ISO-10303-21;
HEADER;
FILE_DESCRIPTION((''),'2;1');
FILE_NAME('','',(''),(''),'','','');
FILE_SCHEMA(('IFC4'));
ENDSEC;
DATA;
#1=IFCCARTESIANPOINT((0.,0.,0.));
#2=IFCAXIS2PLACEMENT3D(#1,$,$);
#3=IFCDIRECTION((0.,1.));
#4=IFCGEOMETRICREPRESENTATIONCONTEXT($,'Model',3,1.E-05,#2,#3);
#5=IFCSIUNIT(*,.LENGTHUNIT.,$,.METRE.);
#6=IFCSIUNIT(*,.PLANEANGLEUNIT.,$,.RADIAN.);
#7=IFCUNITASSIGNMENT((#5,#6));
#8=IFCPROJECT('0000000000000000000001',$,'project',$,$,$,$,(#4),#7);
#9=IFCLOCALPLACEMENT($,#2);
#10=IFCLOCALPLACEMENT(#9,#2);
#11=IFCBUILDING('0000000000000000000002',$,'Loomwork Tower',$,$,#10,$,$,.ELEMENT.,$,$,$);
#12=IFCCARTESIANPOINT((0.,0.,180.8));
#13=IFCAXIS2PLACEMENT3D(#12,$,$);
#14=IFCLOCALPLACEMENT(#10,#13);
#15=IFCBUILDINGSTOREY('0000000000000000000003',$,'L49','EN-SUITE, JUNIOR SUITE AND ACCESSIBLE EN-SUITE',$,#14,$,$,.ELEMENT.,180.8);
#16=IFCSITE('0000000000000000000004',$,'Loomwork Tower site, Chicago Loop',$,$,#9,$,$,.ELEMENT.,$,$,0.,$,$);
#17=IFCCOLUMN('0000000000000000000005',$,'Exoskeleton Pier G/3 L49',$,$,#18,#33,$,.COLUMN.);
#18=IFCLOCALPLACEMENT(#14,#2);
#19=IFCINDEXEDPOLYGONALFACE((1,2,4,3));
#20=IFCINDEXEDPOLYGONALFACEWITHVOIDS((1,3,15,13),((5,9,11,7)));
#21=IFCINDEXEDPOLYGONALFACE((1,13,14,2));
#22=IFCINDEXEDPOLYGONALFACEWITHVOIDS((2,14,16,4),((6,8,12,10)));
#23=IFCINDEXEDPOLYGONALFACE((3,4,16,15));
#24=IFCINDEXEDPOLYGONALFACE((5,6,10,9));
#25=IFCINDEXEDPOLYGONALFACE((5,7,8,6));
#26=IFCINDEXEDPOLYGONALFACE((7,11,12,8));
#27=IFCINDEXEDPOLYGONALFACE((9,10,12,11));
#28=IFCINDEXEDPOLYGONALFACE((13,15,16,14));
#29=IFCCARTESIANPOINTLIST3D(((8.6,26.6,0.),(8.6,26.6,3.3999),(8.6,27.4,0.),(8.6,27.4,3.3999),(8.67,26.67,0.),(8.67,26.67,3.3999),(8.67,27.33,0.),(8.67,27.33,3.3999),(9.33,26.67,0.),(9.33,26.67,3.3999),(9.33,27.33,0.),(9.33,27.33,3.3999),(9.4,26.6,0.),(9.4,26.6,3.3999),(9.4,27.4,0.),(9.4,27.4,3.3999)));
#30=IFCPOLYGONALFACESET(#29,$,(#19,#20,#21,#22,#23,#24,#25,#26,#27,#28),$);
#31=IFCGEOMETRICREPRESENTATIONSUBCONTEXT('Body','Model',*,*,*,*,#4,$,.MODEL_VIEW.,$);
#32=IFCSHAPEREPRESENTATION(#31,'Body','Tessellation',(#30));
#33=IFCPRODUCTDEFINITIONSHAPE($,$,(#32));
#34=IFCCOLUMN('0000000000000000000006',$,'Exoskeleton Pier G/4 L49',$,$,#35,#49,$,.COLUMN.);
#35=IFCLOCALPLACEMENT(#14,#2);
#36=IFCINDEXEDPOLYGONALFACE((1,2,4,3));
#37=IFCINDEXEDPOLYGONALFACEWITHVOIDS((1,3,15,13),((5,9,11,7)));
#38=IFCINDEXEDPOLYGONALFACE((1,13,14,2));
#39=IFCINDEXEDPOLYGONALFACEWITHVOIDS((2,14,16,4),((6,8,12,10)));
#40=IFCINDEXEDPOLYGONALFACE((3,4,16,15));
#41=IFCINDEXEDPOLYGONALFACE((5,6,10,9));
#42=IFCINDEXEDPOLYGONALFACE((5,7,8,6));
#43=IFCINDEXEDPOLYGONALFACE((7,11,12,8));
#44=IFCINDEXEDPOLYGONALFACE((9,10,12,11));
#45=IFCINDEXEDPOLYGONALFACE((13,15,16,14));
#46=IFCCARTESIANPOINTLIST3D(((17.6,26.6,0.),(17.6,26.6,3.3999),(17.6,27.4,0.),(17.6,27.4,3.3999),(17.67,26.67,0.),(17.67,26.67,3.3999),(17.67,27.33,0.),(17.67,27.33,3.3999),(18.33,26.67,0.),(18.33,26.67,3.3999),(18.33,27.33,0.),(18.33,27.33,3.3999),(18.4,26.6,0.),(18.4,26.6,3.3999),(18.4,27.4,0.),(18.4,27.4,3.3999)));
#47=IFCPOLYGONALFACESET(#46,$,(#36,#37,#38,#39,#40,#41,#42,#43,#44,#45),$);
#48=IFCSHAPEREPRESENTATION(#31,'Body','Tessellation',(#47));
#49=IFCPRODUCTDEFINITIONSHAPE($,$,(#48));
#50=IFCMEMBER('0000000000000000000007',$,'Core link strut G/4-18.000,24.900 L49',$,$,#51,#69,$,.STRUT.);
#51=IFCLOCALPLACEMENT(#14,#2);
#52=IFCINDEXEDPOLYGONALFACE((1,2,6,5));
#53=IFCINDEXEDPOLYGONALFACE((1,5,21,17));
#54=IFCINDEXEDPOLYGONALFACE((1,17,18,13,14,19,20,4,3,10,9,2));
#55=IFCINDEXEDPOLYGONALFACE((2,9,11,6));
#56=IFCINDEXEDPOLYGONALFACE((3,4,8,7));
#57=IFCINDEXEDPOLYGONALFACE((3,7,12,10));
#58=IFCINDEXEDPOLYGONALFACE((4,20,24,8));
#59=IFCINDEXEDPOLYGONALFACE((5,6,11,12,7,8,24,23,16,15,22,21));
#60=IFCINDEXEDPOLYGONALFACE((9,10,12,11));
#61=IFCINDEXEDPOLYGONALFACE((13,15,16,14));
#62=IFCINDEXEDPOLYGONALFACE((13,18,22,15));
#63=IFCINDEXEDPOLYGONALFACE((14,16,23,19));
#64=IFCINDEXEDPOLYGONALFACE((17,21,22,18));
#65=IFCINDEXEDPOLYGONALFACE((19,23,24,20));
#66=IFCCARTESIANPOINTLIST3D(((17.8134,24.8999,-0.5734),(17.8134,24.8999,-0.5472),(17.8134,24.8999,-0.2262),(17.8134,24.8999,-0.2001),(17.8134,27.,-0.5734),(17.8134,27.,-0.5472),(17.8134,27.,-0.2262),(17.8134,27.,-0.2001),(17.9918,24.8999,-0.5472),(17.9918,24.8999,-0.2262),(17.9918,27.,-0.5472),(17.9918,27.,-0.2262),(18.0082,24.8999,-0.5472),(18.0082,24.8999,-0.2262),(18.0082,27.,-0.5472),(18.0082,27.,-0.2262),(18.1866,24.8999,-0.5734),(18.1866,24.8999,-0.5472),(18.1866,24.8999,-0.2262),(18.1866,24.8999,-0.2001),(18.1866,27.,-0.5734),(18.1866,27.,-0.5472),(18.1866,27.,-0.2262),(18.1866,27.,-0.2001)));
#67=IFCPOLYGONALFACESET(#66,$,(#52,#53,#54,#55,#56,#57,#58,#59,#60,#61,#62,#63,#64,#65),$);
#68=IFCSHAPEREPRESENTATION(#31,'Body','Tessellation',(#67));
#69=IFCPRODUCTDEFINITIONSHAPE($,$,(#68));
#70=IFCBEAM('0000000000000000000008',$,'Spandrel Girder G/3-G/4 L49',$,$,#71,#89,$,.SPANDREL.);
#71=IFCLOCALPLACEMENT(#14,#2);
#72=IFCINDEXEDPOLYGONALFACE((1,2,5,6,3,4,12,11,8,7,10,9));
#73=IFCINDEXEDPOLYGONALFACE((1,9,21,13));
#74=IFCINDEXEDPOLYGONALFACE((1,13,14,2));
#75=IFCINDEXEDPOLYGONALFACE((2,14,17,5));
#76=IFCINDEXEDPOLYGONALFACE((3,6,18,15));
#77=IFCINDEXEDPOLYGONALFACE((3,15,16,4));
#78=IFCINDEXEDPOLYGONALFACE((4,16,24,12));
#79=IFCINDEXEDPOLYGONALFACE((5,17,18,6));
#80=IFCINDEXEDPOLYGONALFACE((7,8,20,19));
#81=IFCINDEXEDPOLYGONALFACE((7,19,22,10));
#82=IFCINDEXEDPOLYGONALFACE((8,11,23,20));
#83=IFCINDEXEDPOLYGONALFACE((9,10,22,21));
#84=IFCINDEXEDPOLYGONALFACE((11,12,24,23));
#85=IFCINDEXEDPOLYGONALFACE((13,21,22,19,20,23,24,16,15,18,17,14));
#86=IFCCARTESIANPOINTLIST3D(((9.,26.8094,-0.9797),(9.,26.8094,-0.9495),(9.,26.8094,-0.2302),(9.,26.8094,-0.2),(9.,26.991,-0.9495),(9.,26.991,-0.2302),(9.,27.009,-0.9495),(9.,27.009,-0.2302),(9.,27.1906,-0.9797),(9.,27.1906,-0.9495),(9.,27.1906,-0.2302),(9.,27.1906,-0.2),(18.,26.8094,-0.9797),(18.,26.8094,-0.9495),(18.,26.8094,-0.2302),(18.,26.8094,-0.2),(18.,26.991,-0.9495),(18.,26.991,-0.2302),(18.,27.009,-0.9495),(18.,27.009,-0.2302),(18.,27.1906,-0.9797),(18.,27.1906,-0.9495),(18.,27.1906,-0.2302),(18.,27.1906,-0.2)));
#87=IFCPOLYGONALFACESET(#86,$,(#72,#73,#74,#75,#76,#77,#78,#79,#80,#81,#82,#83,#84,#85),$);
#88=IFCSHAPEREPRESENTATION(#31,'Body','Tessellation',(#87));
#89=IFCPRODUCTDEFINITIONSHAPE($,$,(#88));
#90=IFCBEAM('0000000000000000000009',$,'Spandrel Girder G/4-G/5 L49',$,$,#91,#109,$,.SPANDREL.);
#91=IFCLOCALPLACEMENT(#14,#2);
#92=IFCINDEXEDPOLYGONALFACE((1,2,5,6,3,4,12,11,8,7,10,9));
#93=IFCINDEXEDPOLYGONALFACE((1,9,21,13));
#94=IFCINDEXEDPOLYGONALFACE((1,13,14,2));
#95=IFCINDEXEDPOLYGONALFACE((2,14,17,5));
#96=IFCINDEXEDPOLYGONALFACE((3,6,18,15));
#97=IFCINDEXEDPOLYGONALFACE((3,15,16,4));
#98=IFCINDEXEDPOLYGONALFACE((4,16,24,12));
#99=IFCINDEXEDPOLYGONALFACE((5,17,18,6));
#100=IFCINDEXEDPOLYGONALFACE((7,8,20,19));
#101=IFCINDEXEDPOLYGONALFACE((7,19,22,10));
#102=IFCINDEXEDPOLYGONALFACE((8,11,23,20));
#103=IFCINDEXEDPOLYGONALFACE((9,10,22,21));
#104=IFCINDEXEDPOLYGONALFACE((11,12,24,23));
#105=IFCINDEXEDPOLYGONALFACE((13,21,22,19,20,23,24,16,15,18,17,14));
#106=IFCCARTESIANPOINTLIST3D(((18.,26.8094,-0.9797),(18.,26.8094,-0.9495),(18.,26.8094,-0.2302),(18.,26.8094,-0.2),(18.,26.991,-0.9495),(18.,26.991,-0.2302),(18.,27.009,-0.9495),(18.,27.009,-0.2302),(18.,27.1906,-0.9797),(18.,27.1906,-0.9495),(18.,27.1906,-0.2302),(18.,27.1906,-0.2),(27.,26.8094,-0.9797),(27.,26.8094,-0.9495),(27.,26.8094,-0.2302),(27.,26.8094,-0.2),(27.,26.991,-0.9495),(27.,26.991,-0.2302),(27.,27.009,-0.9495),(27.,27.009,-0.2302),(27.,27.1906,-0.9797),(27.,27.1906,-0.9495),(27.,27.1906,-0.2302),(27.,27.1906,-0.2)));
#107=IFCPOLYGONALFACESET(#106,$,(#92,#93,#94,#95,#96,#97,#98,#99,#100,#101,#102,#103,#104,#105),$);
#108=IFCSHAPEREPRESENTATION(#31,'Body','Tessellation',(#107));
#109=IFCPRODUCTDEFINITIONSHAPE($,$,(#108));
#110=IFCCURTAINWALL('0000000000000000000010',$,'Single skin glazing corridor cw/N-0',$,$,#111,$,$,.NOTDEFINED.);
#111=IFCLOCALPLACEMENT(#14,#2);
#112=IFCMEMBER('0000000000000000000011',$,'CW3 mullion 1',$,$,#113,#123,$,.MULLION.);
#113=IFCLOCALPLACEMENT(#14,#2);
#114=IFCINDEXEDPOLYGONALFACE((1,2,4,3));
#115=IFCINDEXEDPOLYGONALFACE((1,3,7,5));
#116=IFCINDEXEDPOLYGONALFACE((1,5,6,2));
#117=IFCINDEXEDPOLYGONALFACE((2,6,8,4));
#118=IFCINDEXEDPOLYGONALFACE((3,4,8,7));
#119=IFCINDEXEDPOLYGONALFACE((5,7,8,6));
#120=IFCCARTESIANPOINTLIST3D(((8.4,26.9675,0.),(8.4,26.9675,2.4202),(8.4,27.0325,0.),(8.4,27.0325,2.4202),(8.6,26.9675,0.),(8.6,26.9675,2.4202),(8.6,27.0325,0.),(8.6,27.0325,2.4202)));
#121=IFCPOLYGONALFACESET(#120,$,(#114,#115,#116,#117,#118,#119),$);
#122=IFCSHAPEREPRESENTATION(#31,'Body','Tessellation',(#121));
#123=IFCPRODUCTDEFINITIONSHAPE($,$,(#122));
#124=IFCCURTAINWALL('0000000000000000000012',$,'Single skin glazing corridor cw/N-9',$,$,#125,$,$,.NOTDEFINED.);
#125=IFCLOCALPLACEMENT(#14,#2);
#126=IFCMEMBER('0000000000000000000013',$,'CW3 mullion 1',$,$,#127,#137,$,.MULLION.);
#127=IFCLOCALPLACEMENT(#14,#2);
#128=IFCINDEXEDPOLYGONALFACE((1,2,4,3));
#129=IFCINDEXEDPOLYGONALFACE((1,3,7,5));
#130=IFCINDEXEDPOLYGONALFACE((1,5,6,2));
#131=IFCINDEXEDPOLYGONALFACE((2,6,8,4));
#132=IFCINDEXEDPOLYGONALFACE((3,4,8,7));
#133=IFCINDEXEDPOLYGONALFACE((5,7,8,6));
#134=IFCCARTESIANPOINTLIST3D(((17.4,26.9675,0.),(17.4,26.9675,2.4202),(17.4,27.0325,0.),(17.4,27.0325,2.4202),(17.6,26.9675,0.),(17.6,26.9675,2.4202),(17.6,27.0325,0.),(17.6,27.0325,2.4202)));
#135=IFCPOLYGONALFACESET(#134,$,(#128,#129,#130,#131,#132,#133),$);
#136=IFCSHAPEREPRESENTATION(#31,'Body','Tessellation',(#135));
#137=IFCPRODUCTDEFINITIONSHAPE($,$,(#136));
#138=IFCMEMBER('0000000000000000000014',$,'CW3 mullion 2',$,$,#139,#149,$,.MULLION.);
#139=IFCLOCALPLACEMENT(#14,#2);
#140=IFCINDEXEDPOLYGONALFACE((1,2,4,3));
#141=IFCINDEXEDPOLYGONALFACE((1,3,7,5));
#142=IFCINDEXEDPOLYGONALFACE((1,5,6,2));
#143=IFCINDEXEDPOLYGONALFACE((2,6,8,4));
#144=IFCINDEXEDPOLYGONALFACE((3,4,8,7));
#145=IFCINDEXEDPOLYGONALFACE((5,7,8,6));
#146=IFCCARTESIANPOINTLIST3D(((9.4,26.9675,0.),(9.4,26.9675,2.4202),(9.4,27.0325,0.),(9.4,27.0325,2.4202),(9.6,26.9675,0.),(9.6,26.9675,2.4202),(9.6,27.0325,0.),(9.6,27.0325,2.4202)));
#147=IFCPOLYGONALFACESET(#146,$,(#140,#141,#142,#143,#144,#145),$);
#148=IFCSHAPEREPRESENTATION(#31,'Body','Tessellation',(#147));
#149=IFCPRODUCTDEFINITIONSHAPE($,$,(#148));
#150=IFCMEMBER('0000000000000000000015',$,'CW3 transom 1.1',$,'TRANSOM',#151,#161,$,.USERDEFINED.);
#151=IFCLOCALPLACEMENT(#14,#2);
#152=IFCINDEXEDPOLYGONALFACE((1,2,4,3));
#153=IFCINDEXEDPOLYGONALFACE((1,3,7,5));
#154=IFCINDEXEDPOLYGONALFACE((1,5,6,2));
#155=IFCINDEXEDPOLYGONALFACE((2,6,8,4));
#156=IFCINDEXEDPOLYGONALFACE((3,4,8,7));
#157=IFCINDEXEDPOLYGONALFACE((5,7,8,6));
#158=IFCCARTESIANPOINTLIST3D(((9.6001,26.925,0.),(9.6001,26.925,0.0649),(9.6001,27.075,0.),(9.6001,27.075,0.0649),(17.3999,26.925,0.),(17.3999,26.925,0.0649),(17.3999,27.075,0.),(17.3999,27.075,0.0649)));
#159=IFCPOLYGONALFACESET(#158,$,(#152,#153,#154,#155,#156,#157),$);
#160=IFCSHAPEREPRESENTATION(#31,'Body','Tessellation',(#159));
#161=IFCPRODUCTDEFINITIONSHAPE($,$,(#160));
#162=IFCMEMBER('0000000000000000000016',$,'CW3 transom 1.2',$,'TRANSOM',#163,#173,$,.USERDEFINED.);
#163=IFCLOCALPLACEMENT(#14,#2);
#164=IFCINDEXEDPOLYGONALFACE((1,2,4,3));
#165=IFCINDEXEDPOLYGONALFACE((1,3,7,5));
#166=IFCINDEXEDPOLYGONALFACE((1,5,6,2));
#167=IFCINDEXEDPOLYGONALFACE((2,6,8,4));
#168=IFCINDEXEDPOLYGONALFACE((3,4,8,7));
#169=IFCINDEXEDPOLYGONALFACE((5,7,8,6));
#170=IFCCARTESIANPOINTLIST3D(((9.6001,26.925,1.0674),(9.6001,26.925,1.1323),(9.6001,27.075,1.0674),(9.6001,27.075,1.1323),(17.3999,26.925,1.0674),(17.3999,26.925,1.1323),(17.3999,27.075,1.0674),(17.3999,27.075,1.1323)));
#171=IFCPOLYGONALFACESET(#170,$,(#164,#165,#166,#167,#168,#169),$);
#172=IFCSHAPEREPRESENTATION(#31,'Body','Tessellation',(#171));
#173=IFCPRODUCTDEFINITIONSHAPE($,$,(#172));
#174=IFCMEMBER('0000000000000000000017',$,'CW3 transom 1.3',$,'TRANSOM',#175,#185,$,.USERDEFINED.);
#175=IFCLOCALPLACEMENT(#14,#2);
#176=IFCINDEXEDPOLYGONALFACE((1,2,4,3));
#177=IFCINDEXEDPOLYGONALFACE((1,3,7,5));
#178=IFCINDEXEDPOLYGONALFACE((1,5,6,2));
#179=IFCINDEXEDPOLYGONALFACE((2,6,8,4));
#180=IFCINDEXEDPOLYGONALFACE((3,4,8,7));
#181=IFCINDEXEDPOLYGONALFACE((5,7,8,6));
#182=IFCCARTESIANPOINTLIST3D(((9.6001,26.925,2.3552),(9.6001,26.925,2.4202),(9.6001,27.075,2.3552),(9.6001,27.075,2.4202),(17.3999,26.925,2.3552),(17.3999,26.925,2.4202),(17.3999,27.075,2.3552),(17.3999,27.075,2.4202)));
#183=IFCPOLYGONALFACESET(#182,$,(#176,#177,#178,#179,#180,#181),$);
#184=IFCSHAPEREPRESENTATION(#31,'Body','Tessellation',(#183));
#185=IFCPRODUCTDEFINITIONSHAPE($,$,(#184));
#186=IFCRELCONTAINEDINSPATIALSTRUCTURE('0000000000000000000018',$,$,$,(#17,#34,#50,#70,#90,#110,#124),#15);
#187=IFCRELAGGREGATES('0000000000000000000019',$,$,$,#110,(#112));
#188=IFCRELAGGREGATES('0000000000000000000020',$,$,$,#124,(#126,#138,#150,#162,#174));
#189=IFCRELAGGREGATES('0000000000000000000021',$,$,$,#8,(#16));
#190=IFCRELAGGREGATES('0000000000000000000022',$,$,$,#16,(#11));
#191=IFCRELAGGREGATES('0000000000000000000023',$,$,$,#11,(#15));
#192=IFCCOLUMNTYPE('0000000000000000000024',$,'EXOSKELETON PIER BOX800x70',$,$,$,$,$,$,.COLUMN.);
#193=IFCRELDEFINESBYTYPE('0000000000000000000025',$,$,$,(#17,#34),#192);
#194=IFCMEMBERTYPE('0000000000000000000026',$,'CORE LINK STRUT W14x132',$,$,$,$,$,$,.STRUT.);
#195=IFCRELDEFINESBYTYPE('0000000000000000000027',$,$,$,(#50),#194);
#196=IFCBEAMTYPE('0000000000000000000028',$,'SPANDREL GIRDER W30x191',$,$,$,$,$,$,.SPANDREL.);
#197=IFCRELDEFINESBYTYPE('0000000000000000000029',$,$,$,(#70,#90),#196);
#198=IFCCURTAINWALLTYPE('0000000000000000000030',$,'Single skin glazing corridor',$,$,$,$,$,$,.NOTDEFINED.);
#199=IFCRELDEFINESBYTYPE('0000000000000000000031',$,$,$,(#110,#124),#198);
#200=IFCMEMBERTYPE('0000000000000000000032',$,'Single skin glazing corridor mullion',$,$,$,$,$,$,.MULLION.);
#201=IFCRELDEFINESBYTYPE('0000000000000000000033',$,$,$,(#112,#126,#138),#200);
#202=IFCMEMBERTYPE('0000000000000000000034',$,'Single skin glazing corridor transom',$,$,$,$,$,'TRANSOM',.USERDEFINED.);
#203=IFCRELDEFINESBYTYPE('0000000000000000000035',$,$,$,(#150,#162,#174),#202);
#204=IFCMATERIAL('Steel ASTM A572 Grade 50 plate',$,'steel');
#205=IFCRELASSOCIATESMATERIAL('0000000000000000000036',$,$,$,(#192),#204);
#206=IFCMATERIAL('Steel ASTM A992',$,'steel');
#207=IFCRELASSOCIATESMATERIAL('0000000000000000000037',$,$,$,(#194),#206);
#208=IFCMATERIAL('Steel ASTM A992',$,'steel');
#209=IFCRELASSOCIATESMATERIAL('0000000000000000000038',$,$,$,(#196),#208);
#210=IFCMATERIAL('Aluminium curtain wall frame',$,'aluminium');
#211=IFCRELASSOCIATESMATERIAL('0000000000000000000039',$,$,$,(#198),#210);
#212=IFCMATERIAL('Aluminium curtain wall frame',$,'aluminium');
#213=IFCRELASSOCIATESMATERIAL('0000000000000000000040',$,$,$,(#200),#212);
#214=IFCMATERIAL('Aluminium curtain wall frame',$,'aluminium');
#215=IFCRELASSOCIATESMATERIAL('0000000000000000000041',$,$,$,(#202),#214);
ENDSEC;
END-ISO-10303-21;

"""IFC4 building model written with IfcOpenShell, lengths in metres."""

from ifc_helpers import new_model, si_unit, direction, frame, origin, origin_2d, place, context, subcontext, project, spatial, rectangle, hollow_rectangle, i_section, extrude, material, material_profile, profile_set, type_object, element, aggregate, save


model = new_model("IFC4")

# Units and contexts
model_context = context("Model", 3, precision=1e-05, world=origin(), true_north=direction((0.0, 1.0)))
body_context = subcontext(model_context, "Body", "Model", "MODEL_VIEW")
ifc_project = project(units=[si_unit("LENGTHUNIT", "METRE"), si_unit("PLANEANGLEUNIT", "RADIAN")], contexts=[model_context])

# Site, building, storey
site_placement = place(None, origin())
site = spatial("IfcSite", under=ifc_project, at=site_placement, Name="Loomwork Tower site, Chicago Loop", CompositionType="ELEMENT", RefElevation=0.0)
building_placement = place(site_placement, origin())
building = spatial("IfcBuilding", under=site, at=building_placement, Name="Loomwork Tower", CompositionType="ELEMENT")
storey_placement = place(building_placement, frame((0.0, 0.0, 180.8)))
storey = spatial("IfcBuildingStorey", under=building, at=storey_placement, Name="L49", Description="EN-SUITE, JUNIOR SUITE AND ACCESSIBLE EN-SUITE", CompositionType="ELEMENT", Elevation=180.8)

# Columns
ifc_material_1 = material(Name="Steel ASTM A572 Grade 50 plate", Category="steel")
ifc_material_profile_1 = material_profile(ifc_material_1, hollow_rectangle(XDim=0.8, YDim=0.8, WallThickness=0.0701, at=origin_2d()), Name="BOX800x70")
ifc_profile_set_1 = profile_set([ifc_material_profile_1], Name="Steel ASTM A572 Grade 50 plate")
column_type = type_object("IfcColumnType", Name="EXOSKELETON PIER BOX800x70", PredefinedType="COLUMN", material=ifc_profile_set_1)
for number, where, z_axis, x_axis, name in (
    (1, (9.0, 27.0, 0.0), (0.0, 0.0, 1.0), (1.0, 0.0, 0.0), "Exoskeleton Pier G/3 L49"),
    (2, (18.0, 27.0, 0.0), (0.0, 0.0, 1.0), (1.0, 0.0, 0.0), "Exoskeleton Pier G/4 L49"),
):
    element("IfcColumn", number, at=place(storey_placement, frame(where, z_axis=z_axis, x_axis=x_axis)), inside=storey, type_object=column_type, Name=name, PredefinedType="COLUMN", context=body_context, shape_type="SweptSolid", body=[
        extrude(hollow_rectangle(XDim=0.8, YDim=0.8, WallThickness=0.0701, at=origin_2d()), origin(), (0.0, 0.0, 1.0), 3.3999),
    ])

# Member
ifc_material_2 = material(Name="Steel ASTM A992", Category="steel")
ifc_material_profile_2 = material_profile(ifc_material_2, i_section(OverallWidth=0.3733, OverallDepth=0.3733, WebThickness=0.0164, FlangeThickness=0.0261, at=origin_2d()), Name="W14x132")
ifc_profile_set_2 = profile_set([ifc_material_profile_2], Name="Steel ASTM A992")
member_type_1 = type_object("IfcMemberType", Name="CORE LINK STRUT W14x132", PredefinedType="STRUT", material=ifc_profile_set_2)
member_1_placement = place(storey_placement, frame((18.0, 27.0, -0.3867), z_axis=(0.0, -1.0, 0.0), x_axis=(1.0, 0.0, 0.0)))
element("IfcMember", 3, at=member_1_placement, inside=storey, type_object=member_type_1, Name="Core link strut G/4-18.000,24.900 L49", PredefinedType="STRUT", context=body_context, shape_type="SweptSolid", body=[
    extrude(i_section(OverallWidth=0.3733, OverallDepth=0.3733, WebThickness=0.0164, FlangeThickness=0.0261, at=origin_2d()), origin(), (0.0, 0.0, 1.0), 2.1001),
])

# Beams
ifc_material_3 = material(Name="Steel ASTM A992", Category="steel")
ifc_material_profile_3 = material_profile(ifc_material_3, i_section(OverallWidth=0.3811, OverallDepth=0.7798, WebThickness=0.0181, FlangeThickness=0.0303, at=origin_2d()), Name="W30x191")
ifc_profile_set_3 = profile_set([ifc_material_profile_3], Name="Steel ASTM A992")
beam_type = type_object("IfcBeamType", Name="SPANDREL GIRDER W30x191", PredefinedType="SPANDREL", material=ifc_profile_set_3)
for number, where, z_axis, x_axis, name in (
    (4, (9.0, 27.0, -0.5898), (1.0, 0.0, 0.0), (0.0, 1.0, 0.0), "Spandrel Girder G/3-G/4 L49"),
    (5, (18.0, 27.0, -0.5898), (1.0, 0.0, 0.0), (0.0, 1.0, 0.0), "Spandrel Girder G/4-G/5 L49"),
):
    element("IfcBeam", number, at=place(storey_placement, frame(where, z_axis=z_axis, x_axis=x_axis)), inside=storey, type_object=beam_type, Name=name, PredefinedType="SPANDREL", context=body_context, shape_type="SweptSolid", body=[
        extrude(i_section(OverallWidth=0.3811, OverallDepth=0.7798, WebThickness=0.0181, FlangeThickness=0.0303, at=origin_2d()), origin(), (0.0, 0.0, 1.0), 9.0),
    ])

# Curtain wall, member
ifc_material_4 = material(Name="Aluminium curtain wall frame", Category="aluminium")
curtain_wall_type = type_object("IfcCurtainWallType", Name="Single skin glazing corridor", PredefinedType="NOTDEFINED", material=ifc_material_4)
curtain_wall_1_placement = place(storey_placement, origin())
curtain_wall_1 = element("IfcCurtainWall", 6, at=curtain_wall_1_placement, inside=storey, type_object=curtain_wall_type, Name="Single skin glazing corridor cw/N-0", PredefinedType="NOTDEFINED")
ifc_material_5 = material(Name="Aluminium curtain wall frame", Category="aluminium")
ifc_material_profile_4 = material_profile(ifc_material_5, rectangle(XDim=0.0649, YDim=0.2, at=origin_2d()), Name="AL 65x200")
ifc_profile_set_4 = profile_set([ifc_material_profile_4], Name="Aluminium curtain wall frame")
member_type_2 = type_object("IfcMemberType", Name="Single skin glazing corridor mullion", PredefinedType="MULLION", material=ifc_profile_set_4)
member_2_placement = place(storey_placement, frame((8.5, 27.0, 0.0), z_axis=(0.0, 0.0, 1.0), x_axis=(0.0, -1.0, 0.0)))
member_2 = element("IfcMember", 7, at=member_2_placement, type_object=member_type_2, Name="CW3 mullion 1", PredefinedType="MULLION", context=body_context, shape_type="SweptSolid", body=[
    extrude(rectangle(XDim=0.0649, YDim=0.2, at=origin_2d()), origin(), (0.0, 0.0, 1.0), 2.4202),
])
aggregate(curtain_wall_1, [member_2])

# Curtain wall, members
curtain_wall_2_placement = place(storey_placement, origin())
curtain_wall_2 = element("IfcCurtainWall", 8, at=curtain_wall_2_placement, inside=storey, type_object=curtain_wall_type, Name="Single skin glazing corridor cw/N-9", PredefinedType="NOTDEFINED")
member_3_placement = place(storey_placement, frame((17.5, 27.0, 0.0), z_axis=(0.0, 0.0, 1.0), x_axis=(0.0, -1.0, 0.0)))
member_3 = element("IfcMember", 9, at=member_3_placement, type_object=member_type_2, Name="CW3 mullion 1", PredefinedType="MULLION", context=body_context, shape_type="SweptSolid", body=[
    extrude(rectangle(XDim=0.0649, YDim=0.2, at=origin_2d()), origin(), (0.0, 0.0, 1.0), 2.4202),
])
member_4_placement = place(storey_placement, frame((9.5, 27.0, 0.0), z_axis=(0.0, 0.0, 1.0), x_axis=(0.0, -1.0, 0.0)))
member_4 = element("IfcMember", 10, at=member_4_placement, type_object=member_type_2, Name="CW3 mullion 2", PredefinedType="MULLION", context=body_context, shape_type="SweptSolid", body=[
    extrude(rectangle(XDim=0.0649, YDim=0.2, at=origin_2d()), origin(), (0.0, 0.0, 1.0), 2.4202),
])
ifc_material_6 = material(Name="Aluminium curtain wall frame", Category="aluminium")
ifc_material_profile_5 = material_profile(ifc_material_6, rectangle(XDim=0.1499, YDim=0.0649, at=origin_2d()), Name="AL 65x150")
ifc_profile_set_5 = profile_set([ifc_material_profile_5], Name="Aluminium curtain wall frame")
member_type_3 = type_object("IfcMemberType", Name="Single skin glazing corridor transom", ElementType="TRANSOM", PredefinedType="USERDEFINED", material=ifc_profile_set_5)
member_5_placement = place(storey_placement, frame((17.3999, 27.0, 0.0325), z_axis=(-1.0, 0.0, 0.0), x_axis=(0.0, -1.0, 0.0)))
member_5 = element("IfcMember", 11, at=member_5_placement, type_object=member_type_3, Name="CW3 transom 1.1", ObjectType="TRANSOM", PredefinedType="USERDEFINED", context=body_context, shape_type="SweptSolid", body=[
    extrude(rectangle(XDim=0.1499, YDim=0.0649, at=origin_2d()), origin(), (0.0, 0.0, 1.0), 7.7998),
])
member_6_placement = place(storey_placement, frame((17.3999, 27.0, 1.0999), z_axis=(-1.0, 0.0, 0.0), x_axis=(0.0, -1.0, 0.0)))
member_6 = element("IfcMember", 12, at=member_6_placement, type_object=member_type_3, Name="CW3 transom 1.2", ObjectType="TRANSOM", PredefinedType="USERDEFINED", context=body_context, shape_type="SweptSolid", body=[
    extrude(rectangle(XDim=0.1499, YDim=0.0649, at=origin_2d()), origin(), (0.0, 0.0, 1.0), 7.7998),
])
member_7_placement = place(storey_placement, frame((17.3999, 27.0, 2.3877), z_axis=(-1.0, 0.0, 0.0), x_axis=(0.0, -1.0, 0.0)))
member_7 = element("IfcMember", 13, at=member_7_placement, type_object=member_type_3, Name="CW3 transom 1.3", ObjectType="TRANSOM", PredefinedType="USERDEFINED", context=body_context, shape_type="SweptSolid", body=[
    extrude(rectangle(XDim=0.1499, YDim=0.0649, at=origin_2d()), origin(), (0.0, 0.0, 1.0), 7.7998),
])
aggregate(curtain_wall_2, [member_3, member_4, member_5, member_6, member_7])

save(model, "model.ifc")
